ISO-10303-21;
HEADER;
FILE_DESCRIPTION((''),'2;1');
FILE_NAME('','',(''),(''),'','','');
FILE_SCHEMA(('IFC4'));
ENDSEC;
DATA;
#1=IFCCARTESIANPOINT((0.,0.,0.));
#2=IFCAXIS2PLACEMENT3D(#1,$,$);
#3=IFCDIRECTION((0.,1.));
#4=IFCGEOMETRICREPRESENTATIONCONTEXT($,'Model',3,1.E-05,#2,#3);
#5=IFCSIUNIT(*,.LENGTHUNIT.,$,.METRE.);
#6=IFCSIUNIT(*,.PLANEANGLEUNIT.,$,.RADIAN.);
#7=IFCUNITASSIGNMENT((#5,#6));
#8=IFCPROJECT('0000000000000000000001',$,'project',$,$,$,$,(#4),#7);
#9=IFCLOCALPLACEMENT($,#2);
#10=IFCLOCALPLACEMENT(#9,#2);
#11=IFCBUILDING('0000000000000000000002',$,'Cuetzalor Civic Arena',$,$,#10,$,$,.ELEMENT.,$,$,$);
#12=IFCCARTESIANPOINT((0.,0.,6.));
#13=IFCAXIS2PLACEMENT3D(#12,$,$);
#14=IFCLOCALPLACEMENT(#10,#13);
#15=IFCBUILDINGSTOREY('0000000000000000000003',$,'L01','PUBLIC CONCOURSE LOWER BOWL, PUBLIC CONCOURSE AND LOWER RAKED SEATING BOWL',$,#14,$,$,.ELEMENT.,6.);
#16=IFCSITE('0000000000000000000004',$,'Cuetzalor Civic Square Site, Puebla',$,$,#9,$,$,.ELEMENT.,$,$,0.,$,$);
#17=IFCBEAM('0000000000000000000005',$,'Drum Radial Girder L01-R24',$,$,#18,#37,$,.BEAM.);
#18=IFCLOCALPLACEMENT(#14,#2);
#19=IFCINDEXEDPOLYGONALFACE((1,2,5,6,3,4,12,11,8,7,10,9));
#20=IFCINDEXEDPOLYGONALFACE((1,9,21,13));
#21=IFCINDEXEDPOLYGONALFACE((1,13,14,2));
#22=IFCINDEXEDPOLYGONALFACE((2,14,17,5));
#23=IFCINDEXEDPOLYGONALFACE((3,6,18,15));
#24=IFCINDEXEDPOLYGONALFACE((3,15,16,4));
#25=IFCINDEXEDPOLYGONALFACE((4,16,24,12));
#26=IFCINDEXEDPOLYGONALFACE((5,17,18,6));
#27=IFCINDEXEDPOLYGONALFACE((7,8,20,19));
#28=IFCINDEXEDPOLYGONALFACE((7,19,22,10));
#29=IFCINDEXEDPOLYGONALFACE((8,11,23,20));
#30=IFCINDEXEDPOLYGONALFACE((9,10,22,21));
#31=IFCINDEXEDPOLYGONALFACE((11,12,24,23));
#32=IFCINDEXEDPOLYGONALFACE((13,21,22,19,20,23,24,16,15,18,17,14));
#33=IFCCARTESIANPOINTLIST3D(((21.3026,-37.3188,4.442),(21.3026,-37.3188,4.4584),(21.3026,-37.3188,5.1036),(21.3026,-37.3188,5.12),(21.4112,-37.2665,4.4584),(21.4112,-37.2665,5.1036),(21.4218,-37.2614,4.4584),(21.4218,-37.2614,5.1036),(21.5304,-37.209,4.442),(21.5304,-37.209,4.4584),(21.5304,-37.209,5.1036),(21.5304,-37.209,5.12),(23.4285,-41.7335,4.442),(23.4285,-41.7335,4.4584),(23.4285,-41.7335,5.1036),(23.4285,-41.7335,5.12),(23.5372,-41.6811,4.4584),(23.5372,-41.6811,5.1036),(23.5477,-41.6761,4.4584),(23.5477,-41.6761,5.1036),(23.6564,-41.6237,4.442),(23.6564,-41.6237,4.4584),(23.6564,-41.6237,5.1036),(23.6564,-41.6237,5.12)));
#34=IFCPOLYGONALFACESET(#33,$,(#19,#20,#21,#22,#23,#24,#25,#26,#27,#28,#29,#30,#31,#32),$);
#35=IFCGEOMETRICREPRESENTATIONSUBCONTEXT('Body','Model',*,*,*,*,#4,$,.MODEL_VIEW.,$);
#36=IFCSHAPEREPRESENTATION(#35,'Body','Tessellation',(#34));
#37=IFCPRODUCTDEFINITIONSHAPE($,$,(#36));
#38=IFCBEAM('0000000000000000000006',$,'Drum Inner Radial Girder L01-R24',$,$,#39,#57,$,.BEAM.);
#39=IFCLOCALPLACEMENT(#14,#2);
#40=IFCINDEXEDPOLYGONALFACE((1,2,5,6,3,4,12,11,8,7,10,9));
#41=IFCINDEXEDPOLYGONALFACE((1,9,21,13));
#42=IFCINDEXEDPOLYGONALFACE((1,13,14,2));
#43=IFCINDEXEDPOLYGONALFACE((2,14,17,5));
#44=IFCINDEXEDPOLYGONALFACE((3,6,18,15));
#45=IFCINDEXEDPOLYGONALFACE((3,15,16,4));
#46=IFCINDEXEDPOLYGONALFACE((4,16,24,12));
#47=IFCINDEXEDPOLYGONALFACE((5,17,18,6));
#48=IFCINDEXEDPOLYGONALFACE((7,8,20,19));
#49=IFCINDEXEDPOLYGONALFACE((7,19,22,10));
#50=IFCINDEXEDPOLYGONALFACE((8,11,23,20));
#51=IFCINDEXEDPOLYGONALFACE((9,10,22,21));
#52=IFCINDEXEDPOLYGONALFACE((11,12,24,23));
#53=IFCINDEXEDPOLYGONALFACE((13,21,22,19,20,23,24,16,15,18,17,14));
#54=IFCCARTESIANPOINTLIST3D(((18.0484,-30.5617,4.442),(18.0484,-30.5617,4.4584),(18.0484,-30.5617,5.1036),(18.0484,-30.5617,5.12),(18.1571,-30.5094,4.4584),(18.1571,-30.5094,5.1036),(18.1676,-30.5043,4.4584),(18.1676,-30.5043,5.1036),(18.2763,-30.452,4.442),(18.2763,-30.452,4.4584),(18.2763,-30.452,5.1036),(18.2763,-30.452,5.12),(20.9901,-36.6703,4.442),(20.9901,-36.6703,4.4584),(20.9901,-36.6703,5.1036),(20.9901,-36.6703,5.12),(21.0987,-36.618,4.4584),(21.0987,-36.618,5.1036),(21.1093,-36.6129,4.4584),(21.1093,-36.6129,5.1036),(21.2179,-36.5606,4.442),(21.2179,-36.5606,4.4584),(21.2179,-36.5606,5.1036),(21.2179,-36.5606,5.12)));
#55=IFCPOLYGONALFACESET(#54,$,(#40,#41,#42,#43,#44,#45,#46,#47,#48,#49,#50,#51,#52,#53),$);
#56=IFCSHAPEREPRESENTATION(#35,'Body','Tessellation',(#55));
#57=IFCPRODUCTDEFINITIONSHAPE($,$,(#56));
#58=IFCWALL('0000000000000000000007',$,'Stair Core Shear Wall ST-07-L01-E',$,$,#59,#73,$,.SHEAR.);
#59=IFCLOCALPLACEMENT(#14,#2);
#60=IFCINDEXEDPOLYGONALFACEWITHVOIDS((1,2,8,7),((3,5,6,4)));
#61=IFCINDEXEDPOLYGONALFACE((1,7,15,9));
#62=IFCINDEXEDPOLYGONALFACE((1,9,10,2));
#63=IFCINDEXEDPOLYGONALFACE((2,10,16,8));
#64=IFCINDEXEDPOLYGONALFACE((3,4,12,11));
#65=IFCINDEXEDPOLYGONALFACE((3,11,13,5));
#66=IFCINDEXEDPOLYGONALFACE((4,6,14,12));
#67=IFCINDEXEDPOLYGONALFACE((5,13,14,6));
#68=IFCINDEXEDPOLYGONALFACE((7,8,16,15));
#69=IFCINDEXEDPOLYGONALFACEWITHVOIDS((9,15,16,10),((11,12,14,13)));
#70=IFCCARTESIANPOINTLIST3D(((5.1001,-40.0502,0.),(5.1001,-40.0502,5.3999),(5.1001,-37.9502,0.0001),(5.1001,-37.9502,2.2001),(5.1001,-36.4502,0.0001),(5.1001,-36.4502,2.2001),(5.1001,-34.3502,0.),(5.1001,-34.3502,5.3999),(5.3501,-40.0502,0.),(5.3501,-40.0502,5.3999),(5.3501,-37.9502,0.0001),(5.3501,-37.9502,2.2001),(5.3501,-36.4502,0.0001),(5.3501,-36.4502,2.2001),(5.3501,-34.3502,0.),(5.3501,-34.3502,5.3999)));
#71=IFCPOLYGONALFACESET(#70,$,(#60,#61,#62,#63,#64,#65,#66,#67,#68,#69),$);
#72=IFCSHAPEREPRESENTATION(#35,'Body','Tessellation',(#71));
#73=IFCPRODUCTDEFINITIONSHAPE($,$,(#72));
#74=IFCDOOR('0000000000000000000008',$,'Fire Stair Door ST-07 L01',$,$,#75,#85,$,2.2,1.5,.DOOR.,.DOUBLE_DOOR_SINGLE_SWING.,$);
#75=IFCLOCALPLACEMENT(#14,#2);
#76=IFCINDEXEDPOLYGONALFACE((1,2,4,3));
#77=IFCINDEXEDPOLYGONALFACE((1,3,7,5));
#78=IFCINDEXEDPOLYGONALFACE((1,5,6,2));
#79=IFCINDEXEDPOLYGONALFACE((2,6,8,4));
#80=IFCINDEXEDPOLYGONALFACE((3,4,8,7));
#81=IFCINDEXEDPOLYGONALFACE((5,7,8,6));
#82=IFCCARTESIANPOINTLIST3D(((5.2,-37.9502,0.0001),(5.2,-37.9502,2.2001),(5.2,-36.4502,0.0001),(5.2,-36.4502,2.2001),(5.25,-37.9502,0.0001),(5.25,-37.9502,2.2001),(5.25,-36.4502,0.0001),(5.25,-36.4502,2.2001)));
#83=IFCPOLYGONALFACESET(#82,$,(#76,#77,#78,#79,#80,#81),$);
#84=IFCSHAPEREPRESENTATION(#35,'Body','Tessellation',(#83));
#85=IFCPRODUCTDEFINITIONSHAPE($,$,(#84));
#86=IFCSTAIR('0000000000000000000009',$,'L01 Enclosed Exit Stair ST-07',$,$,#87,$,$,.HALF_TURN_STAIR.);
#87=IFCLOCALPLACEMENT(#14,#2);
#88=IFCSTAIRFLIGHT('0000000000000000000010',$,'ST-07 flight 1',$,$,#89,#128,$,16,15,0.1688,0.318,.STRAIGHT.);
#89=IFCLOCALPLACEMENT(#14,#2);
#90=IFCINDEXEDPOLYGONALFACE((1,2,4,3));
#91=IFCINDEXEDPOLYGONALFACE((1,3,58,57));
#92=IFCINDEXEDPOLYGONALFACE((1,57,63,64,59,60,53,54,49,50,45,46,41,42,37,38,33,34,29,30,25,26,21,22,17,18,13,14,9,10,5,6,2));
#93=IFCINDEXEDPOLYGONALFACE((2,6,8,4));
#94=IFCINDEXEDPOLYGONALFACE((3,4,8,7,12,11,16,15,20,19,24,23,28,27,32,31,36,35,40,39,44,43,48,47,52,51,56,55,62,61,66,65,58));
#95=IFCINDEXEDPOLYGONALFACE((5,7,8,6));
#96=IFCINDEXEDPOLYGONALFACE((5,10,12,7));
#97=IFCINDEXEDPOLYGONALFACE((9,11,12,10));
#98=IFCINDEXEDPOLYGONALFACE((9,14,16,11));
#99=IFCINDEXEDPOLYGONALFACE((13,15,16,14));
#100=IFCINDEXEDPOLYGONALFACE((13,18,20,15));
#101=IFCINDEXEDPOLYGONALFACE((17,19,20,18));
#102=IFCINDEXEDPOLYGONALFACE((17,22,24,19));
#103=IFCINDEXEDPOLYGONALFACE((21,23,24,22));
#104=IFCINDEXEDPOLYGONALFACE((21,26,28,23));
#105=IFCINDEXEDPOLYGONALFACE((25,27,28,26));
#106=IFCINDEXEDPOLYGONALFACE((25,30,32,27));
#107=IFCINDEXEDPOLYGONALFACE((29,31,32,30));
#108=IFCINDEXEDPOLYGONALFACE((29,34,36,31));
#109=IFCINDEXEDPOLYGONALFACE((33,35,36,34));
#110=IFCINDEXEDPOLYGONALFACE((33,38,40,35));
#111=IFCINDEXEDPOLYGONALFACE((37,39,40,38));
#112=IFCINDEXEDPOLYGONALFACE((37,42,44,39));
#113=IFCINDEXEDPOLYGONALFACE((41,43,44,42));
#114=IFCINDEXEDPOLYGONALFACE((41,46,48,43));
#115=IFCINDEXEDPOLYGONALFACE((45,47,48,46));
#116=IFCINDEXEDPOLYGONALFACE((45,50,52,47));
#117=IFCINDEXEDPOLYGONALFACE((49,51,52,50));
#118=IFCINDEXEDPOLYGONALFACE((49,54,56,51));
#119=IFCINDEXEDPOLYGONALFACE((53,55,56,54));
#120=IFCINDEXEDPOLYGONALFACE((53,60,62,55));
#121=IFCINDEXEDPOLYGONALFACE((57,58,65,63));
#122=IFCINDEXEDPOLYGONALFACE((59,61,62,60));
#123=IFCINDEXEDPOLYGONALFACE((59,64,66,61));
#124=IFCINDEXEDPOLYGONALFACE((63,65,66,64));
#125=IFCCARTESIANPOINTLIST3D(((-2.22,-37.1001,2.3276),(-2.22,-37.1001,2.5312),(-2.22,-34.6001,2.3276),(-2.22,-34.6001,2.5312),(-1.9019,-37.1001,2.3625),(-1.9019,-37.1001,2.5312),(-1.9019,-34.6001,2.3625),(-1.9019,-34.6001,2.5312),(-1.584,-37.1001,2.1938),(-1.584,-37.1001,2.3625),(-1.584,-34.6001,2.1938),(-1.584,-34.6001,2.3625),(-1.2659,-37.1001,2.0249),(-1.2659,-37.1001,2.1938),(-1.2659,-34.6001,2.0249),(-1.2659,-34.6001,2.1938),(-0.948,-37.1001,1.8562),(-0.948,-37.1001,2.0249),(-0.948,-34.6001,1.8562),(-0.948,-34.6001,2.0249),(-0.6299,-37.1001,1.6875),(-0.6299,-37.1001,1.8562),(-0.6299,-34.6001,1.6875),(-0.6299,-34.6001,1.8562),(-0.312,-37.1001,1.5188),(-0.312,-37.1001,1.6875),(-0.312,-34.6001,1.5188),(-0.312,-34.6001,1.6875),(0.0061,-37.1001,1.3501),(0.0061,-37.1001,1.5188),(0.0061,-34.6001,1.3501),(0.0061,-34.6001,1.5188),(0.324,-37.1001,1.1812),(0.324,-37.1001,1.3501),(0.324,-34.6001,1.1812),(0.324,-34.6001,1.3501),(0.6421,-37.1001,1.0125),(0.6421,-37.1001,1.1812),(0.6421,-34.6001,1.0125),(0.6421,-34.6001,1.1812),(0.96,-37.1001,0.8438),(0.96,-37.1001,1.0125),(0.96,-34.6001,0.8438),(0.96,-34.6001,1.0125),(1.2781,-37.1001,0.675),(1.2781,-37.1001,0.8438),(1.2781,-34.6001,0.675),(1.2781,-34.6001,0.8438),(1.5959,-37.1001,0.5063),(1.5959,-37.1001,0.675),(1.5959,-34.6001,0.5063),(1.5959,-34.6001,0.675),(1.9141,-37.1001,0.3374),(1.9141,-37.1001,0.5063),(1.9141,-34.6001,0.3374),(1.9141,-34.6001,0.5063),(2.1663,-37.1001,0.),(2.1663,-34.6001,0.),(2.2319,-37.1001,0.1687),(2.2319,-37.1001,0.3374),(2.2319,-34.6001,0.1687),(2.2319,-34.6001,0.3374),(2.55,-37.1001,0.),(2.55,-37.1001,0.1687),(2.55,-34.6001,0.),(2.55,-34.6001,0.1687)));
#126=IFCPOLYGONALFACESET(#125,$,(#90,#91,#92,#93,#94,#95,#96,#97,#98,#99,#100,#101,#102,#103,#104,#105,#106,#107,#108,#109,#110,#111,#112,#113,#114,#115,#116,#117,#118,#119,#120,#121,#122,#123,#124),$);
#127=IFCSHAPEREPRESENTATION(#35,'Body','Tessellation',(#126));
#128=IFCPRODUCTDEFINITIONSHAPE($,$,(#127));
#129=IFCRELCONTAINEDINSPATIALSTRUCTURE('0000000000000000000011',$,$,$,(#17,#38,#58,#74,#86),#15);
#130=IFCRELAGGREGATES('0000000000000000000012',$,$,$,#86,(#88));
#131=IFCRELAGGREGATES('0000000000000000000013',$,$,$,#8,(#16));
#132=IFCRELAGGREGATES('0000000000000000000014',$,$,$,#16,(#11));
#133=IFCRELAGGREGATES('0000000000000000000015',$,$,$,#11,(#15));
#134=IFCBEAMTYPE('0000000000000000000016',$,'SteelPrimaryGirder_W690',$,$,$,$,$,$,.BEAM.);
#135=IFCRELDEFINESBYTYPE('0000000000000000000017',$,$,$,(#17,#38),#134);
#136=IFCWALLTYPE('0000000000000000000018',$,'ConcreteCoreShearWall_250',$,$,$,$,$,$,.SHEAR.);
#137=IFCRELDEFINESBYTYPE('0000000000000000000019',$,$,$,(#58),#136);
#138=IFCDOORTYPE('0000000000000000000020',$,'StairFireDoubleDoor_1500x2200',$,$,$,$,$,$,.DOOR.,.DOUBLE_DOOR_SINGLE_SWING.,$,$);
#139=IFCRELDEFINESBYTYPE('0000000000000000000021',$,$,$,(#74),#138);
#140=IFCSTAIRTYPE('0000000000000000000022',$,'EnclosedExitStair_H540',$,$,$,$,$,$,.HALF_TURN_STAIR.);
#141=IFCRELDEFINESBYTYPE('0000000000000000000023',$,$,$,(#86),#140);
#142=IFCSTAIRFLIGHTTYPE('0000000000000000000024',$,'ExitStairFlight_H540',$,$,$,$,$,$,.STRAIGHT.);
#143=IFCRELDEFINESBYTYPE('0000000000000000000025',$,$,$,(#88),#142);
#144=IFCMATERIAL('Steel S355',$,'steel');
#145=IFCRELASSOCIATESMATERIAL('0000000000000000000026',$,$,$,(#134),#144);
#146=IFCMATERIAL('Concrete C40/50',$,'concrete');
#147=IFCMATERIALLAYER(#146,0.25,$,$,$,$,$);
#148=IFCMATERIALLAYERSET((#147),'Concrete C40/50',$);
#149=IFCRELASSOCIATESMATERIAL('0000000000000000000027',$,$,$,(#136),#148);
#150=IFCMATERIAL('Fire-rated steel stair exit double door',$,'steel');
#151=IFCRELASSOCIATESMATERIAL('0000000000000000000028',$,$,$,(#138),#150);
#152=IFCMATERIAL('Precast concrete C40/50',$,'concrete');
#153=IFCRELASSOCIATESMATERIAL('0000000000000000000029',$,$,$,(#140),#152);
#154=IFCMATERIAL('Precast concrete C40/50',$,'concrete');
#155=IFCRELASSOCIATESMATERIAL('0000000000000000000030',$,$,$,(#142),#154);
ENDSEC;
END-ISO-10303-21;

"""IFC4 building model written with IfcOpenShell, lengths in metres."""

from ifc_helpers import new_model, si_unit, direction, frame, frame_2d, origin, origin_2d, place, context, subcontext, project, spatial, polyline, rectangle, i_section, outline, extrude, material, layer, layer_set, material_profile, profile_set, type_object, element, fill, aggregate, save


model = new_model("IFC4")

# Units and contexts
model_context = context("Model", 3, precision=1e-05, world=origin(), true_north=direction((0.0, 1.0)))
body_context = subcontext(model_context, "Body", "Model", "MODEL_VIEW")
ifc_project = project(units=[si_unit("LENGTHUNIT", "METRE"), si_unit("PLANEANGLEUNIT", "RADIAN")], contexts=[model_context])

# Site, building, storey
site_placement = place(None, origin())
site = spatial("IfcSite", under=ifc_project, at=site_placement, Name="Cuetzalor Civic Square Site, Puebla", CompositionType="ELEMENT", RefElevation=0.0)
building_placement = place(site_placement, origin())
building = spatial("IfcBuilding", under=site, at=building_placement, Name="Cuetzalor Civic Arena", CompositionType="ELEMENT")
storey_placement = place(building_placement, frame((0.0, 0.0, 6.0)))
storey = spatial("IfcBuildingStorey", under=building, at=storey_placement, Name="L01", Description="PUBLIC CONCOURSE LOWER BOWL, PUBLIC CONCOURSE AND LOWER RAKED SEATING BOWL", CompositionType="ELEMENT", Elevation=6.0)

# Beams
ifc_material_1 = material(Name="Steel S355", Category="steel")
ifc_material_profile_1 = material_profile(ifc_material_1, i_section(OverallWidth=0.2529, OverallDepth=0.678, WebThickness=0.0117, FlangeThickness=0.0164, at=origin_2d()), Name="W690x125")
ifc_profile_set_1 = profile_set([ifc_material_profile_1], Name="Steel S355")
beam_type_1 = type_object("IfcBeamType", Name="SteelPrimaryGirder_W690", PredefinedType="BEAM", material=ifc_profile_set_1)
beam_1_placement = place(storey_placement, frame((21.4165, -37.2639, 4.781), z_axis=(0.433871, -0.900975, 0.0), x_axis=(0.900975, 0.433871, 0.0)))
element("IfcBeam", 1, at=beam_1_placement, inside=storey, type_object=beam_type_1, Name="Drum Radial Girder L01-R24", PredefinedType="BEAM", context=body_context, shape_type="SweptSolid", body=[
    extrude(i_section(OverallWidth=0.2529, OverallDepth=0.678, WebThickness=0.0117, FlangeThickness=0.0164, at=origin_2d()), origin(), (0.0, 0.0, 1.0), 4.8999),
])
beam_2_placement = place(storey_placement, frame((18.1624, -30.5068, 4.781), z_axis=(0.43387, -0.900976, 0.0), x_axis=(0.900976, 0.43387, 0.0)))
element("IfcBeam", 2, at=beam_2_placement, inside=storey, type_object=beam_type_1, Name="Drum Inner Radial Girder L01-R24", PredefinedType="BEAM", context=body_context, shape_type="SweptSolid", body=[
    extrude(i_section(OverallWidth=0.2529, OverallDepth=0.678, WebThickness=0.0117, FlangeThickness=0.0164, at=origin_2d()), origin(), (0.0, 0.0, 1.0), 6.78),
])

# Wall, opening, door
ifc_material_2 = material(Name="Concrete C40/50", Category="concrete")
ifc_layer = layer(ifc_material_2, 0.25)
ifc_layer_set = layer_set([ifc_layer], Name="Concrete C40/50")
wall_type = type_object("IfcWallType", Name="ConcreteCoreShearWall_250", PredefinedType="SHEAR", material=ifc_layer_set)
wall_placement = place(storey_placement, frame((5.2251, -34.3501, 0.0), z_axis=(0.0, 0.0, 1.0), x_axis=(0.0, -1.0, 0.0)))
wall = element("IfcWall", 3, at=wall_placement, inside=storey, type_object=wall_type, Name="Stair Core Shear Wall ST-07-L01-E", PredefinedType="SHEAR", context=body_context, shape_type="SweptSolid", body=[
    extrude(rectangle(XDim=5.7, YDim=0.25, at=frame_2d((2.8501, 0.0))), origin(), (0.0, 0.0, 1.0), 5.3999),
])
opening_placement = place(wall_placement, frame((2.1001, 0.0, 0.0)))
opening = element("IfcOpeningElement", 4, at=opening_placement, cuts=wall, PredefinedType="OPENING", context=body_context, shape_type="SweptSolid", body=[
    extrude(rectangle(XDim=1.5, YDim=2.2, at=frame_2d((0.75, 1.1001))), frame((0.0, 0.135, 0.0), z_axis=(0.0, -1.0, 0.0), x_axis=(1.0, 0.0, 0.0)), (0.0, 0.0, 1.0), 0.27),
])
ifc_material_3 = material(Name="Fire-rated steel stair exit double door", Category="steel")
door_type = type_object("IfcDoorType", Name="StairFireDoubleDoor_1500x2200", OperationType="DOUBLE_DOOR_SINGLE_SWING", PredefinedType="DOOR", material=ifc_material_3)
door_placement = place(opening_placement, origin())
door = element("IfcDoor", 5, at=door_placement, inside=storey, type_object=door_type, Name="Fire Stair Door ST-07 L01", OperationType="DOUBLE_DOOR_SINGLE_SWING", OverallHeight=2.2, OverallWidth=1.5, PredefinedType="DOOR", context=body_context, shape_type="SweptSolid", body=[
    extrude(rectangle(XDim=1.5, YDim=2.2, at=frame_2d((0.75, 1.1001))), frame((0.0, 0.0249, 0.0), z_axis=(0.0, -1.0, 0.0), x_axis=(1.0, 0.0, 0.0)), (0.0, 0.0, 1.0), 0.05),
])
fill(opening, door)

# Stair, stair flight
ifc_material_4 = material(Name="Precast concrete C40/50", Category="concrete")
stair_type = type_object("IfcStairType", Name="EnclosedExitStair_H540", PredefinedType="HALF_TURN_STAIR", material=ifc_material_4)
stair_placement = place(storey_placement, origin())
stair = element("IfcStair", 6, at=stair_placement, inside=storey, type_object=stair_type, Name="L01 Enclosed Exit Stair ST-07", PredefinedType="HALF_TURN_STAIR")
ifc_material_5 = material(Name="Precast concrete C40/50", Category="concrete")
stair_flight_type = type_object("IfcStairFlightType", Name="ExitStairFlight_H540", PredefinedType="STRAIGHT", material=ifc_material_5)
stair_flight_placement = place(storey_placement, frame((2.55, -35.8501, 0.0), z_axis=(0.0, 0.0, 1.0), x_axis=(-1.0, 0.0, 0.0)))
stair_flight = element("IfcStairFlight", 7, at=stair_flight_placement, type_object=stair_flight_type, Name="ST-07 flight 1", NumberOfRisers=16, NumberOfTreads=15, PredefinedType="STRAIGHT", RiserHeight=0.1688, TreadLength=0.318, context=body_context, shape_type="SweptSolid", body=[
    extrude(outline(polyline([(0.0, 0.0), (0.0, 0.1687), (0.3181, 0.1687), (0.3181, 0.3374), (0.636, 0.3374), (0.636, 0.5063), (0.9541, 0.5063), (0.9541, 0.675), (1.272, 0.675), (1.272, 0.8438), (1.5901, 0.8438), (1.5901, 1.0125), (1.908, 1.0125), (1.908, 1.1812), (2.2261, 1.1812), (2.2261, 1.3501), (2.5439, 1.3501), (2.5439, 1.5188), (2.8621, 1.5188), (2.8621, 1.6875), (3.1799, 1.6875), (3.1799, 1.8562), (3.498, 1.8562), (3.498, 2.0249), (3.8159, 2.0249), (3.8159, 2.1938), (4.134, 2.1938), (4.134, 2.3625), (4.4519, 2.3625), (4.4519, 2.5312), (4.77, 2.5312), (4.77, 2.7), (4.77, 2.3276), (0.3838, 0.0), (0.0, 0.0)])), frame((0.0, 1.25, 0.0), z_axis=(0.0, -1.0, 0.0), x_axis=(1.0, 0.0, 0.0)), (0.0, 0.0, 1.0), 2.5),
])
aggregate(stair, [stair_flight])

save(model, "model.ifc")
